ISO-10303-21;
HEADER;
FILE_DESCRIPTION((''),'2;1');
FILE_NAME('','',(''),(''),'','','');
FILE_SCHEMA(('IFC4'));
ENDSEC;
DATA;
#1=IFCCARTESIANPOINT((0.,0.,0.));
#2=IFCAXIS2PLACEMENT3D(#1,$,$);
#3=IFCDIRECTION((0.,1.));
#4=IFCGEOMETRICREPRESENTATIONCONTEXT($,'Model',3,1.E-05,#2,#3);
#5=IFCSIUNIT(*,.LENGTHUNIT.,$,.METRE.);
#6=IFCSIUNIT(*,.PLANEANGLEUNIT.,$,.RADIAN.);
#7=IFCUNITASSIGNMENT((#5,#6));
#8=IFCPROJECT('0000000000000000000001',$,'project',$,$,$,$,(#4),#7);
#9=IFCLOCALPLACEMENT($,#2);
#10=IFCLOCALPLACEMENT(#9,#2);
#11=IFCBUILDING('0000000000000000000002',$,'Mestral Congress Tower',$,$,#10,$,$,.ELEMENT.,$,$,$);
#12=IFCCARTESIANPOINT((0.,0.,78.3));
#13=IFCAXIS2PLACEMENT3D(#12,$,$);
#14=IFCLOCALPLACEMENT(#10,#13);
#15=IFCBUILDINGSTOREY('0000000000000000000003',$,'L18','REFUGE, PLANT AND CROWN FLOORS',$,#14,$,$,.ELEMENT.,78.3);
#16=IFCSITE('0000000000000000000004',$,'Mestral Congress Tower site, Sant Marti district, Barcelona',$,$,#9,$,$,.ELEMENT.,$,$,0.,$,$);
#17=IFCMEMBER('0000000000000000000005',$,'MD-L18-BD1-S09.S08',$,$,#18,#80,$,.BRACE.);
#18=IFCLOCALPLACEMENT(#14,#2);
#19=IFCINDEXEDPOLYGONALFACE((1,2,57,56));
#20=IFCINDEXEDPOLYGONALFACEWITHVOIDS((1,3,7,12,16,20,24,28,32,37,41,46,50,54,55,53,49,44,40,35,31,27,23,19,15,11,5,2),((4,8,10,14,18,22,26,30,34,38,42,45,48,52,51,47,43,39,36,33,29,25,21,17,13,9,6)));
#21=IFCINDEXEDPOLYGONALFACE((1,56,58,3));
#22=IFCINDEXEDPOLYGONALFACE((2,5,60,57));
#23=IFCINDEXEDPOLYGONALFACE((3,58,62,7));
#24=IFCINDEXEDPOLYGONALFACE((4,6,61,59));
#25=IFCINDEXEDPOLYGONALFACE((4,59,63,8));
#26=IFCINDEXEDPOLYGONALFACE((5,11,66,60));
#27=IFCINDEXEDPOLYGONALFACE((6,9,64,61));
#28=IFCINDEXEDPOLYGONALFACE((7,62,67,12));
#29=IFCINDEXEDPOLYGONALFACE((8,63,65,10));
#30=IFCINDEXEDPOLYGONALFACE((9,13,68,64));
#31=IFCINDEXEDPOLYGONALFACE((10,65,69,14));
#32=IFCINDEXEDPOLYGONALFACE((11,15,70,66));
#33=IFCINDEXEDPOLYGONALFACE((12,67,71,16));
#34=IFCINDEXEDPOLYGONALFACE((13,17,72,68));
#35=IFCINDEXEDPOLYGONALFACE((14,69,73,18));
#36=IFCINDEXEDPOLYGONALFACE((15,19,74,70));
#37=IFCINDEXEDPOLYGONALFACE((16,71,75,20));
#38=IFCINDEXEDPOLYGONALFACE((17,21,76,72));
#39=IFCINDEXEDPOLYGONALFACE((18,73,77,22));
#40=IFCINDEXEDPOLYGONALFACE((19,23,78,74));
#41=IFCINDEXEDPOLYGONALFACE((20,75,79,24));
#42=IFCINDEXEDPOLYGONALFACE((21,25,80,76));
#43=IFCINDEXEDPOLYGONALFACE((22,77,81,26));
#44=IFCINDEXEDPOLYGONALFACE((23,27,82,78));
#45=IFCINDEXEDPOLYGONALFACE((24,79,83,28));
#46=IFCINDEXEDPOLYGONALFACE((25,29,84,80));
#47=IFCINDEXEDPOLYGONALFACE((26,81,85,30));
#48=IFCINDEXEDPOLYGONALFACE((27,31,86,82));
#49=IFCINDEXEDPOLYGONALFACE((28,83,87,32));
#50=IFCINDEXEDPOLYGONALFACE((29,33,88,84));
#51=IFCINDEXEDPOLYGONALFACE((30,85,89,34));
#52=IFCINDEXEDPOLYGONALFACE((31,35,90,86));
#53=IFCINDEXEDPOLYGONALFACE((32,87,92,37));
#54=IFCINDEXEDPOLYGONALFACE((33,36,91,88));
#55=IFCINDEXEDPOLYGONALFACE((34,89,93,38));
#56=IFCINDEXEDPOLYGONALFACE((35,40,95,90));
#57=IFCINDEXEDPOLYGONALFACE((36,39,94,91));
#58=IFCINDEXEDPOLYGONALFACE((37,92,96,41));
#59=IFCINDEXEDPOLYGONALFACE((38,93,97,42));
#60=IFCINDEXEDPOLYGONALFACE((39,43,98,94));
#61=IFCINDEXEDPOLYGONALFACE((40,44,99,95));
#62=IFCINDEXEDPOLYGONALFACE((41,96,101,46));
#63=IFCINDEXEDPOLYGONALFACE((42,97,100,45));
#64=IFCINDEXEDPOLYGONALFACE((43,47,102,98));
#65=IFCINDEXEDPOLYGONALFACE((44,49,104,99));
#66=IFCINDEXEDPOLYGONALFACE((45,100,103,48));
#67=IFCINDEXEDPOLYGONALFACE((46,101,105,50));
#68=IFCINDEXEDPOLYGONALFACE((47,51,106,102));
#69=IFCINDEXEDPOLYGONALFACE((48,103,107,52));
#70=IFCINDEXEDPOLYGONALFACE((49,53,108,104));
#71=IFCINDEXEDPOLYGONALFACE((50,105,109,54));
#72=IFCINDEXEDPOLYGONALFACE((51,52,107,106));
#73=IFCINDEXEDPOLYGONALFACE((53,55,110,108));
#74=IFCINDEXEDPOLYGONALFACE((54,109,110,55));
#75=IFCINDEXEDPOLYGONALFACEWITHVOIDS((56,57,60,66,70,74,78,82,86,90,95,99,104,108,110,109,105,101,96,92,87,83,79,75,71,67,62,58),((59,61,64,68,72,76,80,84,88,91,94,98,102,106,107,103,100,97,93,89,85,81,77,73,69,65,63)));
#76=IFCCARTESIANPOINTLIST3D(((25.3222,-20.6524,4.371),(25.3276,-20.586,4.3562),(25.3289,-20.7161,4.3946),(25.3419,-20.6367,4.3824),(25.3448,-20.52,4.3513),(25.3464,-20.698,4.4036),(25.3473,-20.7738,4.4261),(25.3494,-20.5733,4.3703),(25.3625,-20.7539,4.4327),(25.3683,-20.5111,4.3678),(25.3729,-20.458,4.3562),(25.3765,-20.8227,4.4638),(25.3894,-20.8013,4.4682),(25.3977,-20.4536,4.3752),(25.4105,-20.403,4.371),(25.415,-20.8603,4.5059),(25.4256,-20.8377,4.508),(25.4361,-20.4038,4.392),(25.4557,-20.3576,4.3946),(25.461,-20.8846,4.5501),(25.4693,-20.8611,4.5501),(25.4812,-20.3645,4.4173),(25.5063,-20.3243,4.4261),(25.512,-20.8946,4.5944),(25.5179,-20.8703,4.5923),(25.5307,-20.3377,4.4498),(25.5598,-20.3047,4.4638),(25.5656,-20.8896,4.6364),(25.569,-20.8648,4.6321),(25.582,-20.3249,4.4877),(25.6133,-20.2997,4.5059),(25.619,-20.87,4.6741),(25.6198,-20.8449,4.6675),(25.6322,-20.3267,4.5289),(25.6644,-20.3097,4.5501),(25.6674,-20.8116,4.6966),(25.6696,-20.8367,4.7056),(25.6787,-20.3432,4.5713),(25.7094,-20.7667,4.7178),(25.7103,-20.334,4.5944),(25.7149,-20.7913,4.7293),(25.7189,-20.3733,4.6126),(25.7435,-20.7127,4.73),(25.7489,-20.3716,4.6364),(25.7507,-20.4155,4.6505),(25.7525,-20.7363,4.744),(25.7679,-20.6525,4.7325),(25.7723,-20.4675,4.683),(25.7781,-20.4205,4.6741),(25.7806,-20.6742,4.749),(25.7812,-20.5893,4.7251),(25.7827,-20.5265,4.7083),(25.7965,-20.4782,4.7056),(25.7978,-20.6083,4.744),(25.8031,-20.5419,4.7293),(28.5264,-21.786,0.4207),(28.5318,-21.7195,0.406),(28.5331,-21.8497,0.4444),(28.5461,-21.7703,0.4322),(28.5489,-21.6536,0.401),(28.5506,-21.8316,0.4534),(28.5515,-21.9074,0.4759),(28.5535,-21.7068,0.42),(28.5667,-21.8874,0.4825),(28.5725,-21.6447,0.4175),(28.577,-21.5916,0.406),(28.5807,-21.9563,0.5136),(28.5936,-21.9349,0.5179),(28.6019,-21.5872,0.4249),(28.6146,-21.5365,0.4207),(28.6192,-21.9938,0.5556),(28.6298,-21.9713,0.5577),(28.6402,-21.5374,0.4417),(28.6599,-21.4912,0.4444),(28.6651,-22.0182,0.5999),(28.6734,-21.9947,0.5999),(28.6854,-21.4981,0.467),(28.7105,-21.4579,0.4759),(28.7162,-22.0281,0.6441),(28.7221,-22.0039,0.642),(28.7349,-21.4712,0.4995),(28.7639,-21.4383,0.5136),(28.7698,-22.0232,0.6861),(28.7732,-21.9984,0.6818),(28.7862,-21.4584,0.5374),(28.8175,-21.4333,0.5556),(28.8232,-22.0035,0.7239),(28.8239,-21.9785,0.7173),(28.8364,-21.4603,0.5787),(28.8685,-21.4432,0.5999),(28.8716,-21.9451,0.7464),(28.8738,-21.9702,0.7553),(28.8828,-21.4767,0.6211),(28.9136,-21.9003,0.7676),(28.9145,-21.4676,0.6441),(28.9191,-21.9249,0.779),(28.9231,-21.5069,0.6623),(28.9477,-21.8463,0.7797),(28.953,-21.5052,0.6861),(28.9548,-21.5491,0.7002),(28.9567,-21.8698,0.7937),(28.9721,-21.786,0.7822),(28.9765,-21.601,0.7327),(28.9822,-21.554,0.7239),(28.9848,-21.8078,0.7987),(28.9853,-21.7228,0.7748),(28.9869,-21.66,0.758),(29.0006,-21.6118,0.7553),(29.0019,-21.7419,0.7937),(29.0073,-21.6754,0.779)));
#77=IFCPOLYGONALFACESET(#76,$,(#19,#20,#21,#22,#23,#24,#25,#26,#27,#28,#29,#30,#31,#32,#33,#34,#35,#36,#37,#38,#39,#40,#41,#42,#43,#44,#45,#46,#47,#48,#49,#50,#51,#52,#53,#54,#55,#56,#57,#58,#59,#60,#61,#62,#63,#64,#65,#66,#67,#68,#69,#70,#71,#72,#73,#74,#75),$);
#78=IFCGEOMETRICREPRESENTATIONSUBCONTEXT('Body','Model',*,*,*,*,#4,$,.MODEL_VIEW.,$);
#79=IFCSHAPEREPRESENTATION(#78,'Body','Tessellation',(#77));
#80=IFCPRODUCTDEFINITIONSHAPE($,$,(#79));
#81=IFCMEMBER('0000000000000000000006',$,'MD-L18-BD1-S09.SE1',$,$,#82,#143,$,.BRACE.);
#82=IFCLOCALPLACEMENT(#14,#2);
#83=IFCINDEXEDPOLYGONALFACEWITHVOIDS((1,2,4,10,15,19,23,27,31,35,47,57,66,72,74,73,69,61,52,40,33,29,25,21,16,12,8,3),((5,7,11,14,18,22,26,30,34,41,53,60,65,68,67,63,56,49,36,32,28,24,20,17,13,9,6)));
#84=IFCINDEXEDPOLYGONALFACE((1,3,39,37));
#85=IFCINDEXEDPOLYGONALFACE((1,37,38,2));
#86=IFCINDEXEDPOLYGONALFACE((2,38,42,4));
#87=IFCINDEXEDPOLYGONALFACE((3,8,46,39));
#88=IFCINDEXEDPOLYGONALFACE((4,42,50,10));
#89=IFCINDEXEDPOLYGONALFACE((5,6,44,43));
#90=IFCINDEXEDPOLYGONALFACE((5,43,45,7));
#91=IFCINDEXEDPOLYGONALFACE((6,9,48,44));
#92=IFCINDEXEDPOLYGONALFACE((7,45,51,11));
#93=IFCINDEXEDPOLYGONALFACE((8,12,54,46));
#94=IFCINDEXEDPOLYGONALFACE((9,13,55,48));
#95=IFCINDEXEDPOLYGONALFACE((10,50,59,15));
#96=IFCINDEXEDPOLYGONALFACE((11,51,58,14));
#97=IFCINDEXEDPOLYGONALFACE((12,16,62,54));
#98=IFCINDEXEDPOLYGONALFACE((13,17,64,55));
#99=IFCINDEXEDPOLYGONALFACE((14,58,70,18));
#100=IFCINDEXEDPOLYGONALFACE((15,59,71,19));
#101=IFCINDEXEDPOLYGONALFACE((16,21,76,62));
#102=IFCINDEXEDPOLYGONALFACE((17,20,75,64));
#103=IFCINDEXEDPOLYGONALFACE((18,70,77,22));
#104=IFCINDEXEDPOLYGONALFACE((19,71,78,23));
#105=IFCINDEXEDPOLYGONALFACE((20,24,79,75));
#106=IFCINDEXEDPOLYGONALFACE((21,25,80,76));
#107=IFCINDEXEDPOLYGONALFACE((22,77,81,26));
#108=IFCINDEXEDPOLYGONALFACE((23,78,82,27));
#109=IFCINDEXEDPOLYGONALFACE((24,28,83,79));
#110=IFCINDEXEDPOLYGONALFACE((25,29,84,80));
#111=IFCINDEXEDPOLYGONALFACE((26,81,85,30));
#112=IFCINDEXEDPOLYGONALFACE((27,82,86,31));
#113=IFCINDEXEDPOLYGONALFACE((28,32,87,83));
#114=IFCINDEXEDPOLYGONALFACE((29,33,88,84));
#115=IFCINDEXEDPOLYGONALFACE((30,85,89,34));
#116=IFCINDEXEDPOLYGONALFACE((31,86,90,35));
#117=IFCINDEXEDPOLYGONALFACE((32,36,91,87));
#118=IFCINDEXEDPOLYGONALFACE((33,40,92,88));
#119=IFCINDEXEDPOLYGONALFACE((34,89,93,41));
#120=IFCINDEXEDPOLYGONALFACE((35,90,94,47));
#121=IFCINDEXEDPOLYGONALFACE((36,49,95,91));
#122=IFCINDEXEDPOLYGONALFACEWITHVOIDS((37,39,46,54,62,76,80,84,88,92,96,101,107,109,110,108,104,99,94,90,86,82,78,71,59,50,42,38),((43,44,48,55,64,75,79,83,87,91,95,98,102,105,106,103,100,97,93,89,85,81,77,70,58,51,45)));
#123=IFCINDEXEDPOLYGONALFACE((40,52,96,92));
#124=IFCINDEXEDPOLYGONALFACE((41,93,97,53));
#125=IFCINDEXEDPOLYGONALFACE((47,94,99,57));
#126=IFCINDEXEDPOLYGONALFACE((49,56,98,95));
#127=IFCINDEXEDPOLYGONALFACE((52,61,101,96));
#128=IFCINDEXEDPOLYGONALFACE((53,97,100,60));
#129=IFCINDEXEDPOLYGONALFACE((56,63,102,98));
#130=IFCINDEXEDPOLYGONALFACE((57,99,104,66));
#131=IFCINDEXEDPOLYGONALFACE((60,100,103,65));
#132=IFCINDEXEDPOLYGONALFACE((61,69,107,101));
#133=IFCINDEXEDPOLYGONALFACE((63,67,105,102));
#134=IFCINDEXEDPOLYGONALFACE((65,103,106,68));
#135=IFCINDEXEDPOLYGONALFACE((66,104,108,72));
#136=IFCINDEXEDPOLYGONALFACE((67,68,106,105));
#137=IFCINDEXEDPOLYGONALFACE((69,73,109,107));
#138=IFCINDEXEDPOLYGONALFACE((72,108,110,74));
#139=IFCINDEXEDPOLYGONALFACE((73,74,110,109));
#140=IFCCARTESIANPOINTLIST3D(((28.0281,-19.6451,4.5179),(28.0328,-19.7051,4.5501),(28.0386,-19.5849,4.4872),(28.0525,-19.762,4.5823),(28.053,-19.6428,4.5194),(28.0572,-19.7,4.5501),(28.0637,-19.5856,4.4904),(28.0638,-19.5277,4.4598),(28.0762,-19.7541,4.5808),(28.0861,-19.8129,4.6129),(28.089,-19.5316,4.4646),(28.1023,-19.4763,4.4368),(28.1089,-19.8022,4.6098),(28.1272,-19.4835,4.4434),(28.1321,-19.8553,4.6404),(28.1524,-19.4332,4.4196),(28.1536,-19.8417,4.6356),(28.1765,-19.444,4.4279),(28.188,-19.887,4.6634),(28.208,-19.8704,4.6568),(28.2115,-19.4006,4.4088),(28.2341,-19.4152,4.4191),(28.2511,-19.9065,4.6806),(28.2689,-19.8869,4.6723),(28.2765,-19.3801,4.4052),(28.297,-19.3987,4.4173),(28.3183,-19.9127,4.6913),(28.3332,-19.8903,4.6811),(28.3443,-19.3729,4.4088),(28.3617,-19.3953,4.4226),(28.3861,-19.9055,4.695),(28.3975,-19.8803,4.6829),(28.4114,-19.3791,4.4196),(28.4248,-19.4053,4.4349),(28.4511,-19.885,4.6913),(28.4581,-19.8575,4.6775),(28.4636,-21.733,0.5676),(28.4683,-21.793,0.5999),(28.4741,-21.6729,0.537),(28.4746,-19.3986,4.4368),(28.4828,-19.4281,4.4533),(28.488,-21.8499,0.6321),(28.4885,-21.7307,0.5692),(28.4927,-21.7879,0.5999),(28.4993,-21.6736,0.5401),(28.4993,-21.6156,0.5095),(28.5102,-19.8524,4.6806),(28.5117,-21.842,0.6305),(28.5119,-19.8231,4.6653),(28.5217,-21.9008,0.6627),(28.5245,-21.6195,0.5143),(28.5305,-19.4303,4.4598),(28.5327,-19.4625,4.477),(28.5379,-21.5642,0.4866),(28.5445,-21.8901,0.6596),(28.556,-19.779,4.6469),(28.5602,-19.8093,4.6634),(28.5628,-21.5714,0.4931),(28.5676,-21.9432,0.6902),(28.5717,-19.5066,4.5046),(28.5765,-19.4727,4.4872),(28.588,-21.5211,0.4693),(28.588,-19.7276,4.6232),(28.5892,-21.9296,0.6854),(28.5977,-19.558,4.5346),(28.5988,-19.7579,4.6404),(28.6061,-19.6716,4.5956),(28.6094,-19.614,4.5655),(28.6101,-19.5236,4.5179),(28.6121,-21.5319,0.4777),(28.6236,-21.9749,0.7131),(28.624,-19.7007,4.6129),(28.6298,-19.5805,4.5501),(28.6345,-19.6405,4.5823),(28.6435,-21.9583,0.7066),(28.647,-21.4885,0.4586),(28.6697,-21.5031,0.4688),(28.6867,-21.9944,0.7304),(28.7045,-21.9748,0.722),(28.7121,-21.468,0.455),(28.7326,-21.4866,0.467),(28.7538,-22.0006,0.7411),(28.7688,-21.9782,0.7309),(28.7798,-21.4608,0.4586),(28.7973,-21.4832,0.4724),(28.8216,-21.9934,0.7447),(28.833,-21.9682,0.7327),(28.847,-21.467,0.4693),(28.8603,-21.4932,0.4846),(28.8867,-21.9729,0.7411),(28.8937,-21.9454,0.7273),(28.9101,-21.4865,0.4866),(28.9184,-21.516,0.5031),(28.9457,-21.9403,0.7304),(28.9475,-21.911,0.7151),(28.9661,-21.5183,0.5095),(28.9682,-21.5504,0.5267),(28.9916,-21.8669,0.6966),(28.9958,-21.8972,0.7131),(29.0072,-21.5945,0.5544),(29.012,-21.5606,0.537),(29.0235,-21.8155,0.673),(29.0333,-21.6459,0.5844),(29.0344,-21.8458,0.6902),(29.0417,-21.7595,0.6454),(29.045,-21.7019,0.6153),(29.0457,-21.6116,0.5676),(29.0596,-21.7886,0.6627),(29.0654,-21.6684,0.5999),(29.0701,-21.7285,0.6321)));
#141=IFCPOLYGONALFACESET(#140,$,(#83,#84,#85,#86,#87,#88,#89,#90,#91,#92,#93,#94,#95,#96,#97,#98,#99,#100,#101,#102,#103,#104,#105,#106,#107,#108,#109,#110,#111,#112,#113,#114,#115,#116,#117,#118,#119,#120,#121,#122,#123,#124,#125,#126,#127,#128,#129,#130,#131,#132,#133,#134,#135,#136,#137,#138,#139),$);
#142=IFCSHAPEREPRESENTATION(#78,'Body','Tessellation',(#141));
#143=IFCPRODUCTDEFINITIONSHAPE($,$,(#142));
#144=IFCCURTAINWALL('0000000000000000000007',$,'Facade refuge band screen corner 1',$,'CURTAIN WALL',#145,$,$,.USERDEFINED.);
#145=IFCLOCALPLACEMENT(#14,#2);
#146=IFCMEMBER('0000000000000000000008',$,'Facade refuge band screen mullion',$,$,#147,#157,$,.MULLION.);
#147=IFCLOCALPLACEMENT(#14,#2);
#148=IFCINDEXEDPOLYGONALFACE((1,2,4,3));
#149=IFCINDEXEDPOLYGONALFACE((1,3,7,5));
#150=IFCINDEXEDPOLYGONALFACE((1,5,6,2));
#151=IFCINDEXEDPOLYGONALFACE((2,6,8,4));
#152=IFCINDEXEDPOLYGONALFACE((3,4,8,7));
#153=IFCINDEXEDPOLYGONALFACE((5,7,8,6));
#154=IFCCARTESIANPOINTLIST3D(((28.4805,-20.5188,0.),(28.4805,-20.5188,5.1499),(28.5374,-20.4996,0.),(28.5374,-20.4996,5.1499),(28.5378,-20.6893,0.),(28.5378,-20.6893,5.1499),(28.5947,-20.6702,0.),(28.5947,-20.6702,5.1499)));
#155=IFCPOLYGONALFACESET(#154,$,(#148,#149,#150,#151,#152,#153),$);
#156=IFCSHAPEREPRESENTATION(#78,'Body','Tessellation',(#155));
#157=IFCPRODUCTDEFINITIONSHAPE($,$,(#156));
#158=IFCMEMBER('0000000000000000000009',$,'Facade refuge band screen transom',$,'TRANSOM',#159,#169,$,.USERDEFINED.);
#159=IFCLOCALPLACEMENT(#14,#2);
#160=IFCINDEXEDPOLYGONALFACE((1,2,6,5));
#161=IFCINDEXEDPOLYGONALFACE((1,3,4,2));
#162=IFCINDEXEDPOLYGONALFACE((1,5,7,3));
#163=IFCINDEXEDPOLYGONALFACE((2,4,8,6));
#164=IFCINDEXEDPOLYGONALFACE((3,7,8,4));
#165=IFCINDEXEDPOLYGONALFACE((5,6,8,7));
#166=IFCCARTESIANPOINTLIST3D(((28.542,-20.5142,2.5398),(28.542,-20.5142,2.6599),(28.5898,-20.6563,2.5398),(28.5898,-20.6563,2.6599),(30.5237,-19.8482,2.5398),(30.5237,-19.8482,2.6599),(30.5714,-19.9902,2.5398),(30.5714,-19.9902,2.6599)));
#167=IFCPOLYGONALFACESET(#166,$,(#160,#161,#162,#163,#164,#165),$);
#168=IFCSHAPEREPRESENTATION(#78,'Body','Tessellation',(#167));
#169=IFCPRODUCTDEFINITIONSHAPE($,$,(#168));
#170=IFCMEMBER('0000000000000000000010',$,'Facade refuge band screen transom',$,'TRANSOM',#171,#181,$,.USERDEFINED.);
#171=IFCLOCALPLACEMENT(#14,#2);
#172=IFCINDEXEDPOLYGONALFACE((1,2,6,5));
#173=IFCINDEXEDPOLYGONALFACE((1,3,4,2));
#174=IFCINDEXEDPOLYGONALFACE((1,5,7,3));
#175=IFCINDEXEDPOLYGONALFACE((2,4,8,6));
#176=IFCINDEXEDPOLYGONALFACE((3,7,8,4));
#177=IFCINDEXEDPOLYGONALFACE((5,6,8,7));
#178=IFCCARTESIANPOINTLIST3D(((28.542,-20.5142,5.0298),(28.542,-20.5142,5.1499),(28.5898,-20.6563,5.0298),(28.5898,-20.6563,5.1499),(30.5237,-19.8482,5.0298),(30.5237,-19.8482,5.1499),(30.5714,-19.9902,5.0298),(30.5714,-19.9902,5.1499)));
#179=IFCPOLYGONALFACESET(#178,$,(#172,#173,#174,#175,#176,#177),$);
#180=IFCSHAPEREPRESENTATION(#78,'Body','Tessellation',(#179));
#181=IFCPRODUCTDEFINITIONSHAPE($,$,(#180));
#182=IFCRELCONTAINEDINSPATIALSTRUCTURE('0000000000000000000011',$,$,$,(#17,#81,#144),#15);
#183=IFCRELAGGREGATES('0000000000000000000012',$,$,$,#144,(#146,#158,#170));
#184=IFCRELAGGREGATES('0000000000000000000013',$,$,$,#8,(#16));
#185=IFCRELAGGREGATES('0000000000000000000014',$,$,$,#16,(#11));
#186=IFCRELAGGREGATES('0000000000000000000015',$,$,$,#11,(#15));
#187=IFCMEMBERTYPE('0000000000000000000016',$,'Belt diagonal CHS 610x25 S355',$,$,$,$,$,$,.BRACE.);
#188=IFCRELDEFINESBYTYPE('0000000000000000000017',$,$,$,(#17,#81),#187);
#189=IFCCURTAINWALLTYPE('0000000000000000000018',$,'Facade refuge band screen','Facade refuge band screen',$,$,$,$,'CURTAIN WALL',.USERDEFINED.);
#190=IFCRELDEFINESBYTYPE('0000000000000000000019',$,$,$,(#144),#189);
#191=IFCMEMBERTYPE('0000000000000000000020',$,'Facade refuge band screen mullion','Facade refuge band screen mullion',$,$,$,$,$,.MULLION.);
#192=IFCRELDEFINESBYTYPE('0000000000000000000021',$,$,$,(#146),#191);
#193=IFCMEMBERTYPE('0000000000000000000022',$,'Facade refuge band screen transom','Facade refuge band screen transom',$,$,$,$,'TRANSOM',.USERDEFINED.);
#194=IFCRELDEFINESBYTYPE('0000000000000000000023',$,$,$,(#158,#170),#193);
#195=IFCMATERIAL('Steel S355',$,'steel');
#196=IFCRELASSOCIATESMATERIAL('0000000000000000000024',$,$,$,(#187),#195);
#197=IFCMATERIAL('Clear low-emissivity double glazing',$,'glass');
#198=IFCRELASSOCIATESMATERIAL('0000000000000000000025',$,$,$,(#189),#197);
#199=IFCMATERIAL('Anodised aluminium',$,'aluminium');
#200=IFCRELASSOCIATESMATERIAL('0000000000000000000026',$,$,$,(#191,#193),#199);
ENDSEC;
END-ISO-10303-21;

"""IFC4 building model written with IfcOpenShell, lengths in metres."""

from ifc_helpers import new_model, si_unit, direction, frame, origin, origin_2d, place, context, subcontext, project, spatial, rectangle, hollow_circle, extrude, material, material_profile, profile_set, type_object, element, aggregate, save


model = new_model("IFC4")

# Units and contexts
model_context = context("Model", 3, precision=1e-05, world=origin(), true_north=direction((0.0, 1.0)))
body_context = subcontext(model_context, "Body", "Model", "MODEL_VIEW")
ifc_project = project(units=[si_unit("LENGTHUNIT", "METRE"), si_unit("PLANEANGLEUNIT", "RADIAN")], contexts=[model_context])

# Site, building, storey
site_placement = place(None, origin())
site = spatial("IfcSite", under=ifc_project, at=site_placement, Name="Mestral Congress Tower site, Sant Marti district, Barcelona", CompositionType="ELEMENT", RefElevation=0.0)
building_placement = place(site_placement, origin())
building = spatial("IfcBuilding", under=site, at=building_placement, Name="Mestral Congress Tower", CompositionType="ELEMENT")
storey_placement = place(building_placement, frame((0.0, 0.0, 78.3)))
storey = spatial("IfcBuildingStorey", under=building, at=storey_placement, Name="L18", Description="REFUGE, PLANT AND CROWN FLOORS", CompositionType="ELEMENT", Elevation=78.3)

# Members
ifc_material_1 = material(Name="Steel S355", Category="steel")
ifc_material_profile_1 = material_profile(ifc_material_1, hollow_circle(Radius=0.3049, WallThickness=0.0249, at=origin_2d()), Name="CHS 610x25")
ifc_profile_set_1 = profile_set([ifc_material_profile_1], Name="Steel S355")
member_type_1 = type_object("IfcMemberType", Name="Belt diagonal CHS 610x25 S355", PredefinedType="BRACE", material=ifc_profile_set_1)
member_1_placement = place(storey_placement, frame((28.7668, -21.7307, 0.5999), z_axis=(-0.614865, 0.217526, 0.758039), x_axis=(-0.333523, -0.942742, 0.0)))
element("IfcMember", 1, at=member_1_placement, inside=storey, type_object=member_type_1, Name="MD-L18-BD1-S09.S08", PredefinedType="BRACE", context=body_context, shape_type="SweptSolid", body=[
    extrude(hollow_circle(Radius=0.3049, WallThickness=0.0249, at=origin_2d()), origin(), (0.0, 0.0, 1.0), 5.2112),
])
member_2_placement = place(storey_placement, frame((28.7668, -21.7307, 0.5999), z_axis=(-0.097021, 0.465091, 0.879931), x_axis=(-0.978927, -0.20421, 0.0)))
element("IfcMember", 2, at=member_2_placement, inside=storey, type_object=member_type_1, Name="MD-L18-BD1-S09.SE1", PredefinedType="BRACE", context=body_context, shape_type="SweptSolid", body=[
    extrude(hollow_circle(Radius=0.3049, WallThickness=0.0249, at=origin_2d()), origin(), (0.0, 0.0, 1.0), 4.4893),
])

# Curtain wall, members
ifc_material_2 = material(Name="Clear low-emissivity double glazing", Category="glass")
curtain_wall_type = type_object("IfcCurtainWallType", Name="Facade refuge band screen", Description="Facade refuge band screen", ElementType="CURTAIN WALL", PredefinedType="USERDEFINED", material=ifc_material_2)
placement = place(storey_placement, origin())
curtain_wall_1 = element("IfcCurtainWall", 3, at=placement, inside=storey, type_object=curtain_wall_type, Name="Facade refuge band screen corner 1", ObjectType="CURTAIN WALL", PredefinedType="USERDEFINED")
ifc_material_3 = material(Name="Anodised aluminium", Category="aluminium")
ifc_material_profile_2 = material_profile(ifc_material_3, rectangle(XDim=0.1799, YDim=0.0601, at=origin_2d()), Name="CW3 mullion 180 x 60")
ifc_profile_set_2 = profile_set([ifc_material_profile_2], Name="Anodised aluminium")
member_type_2 = type_object("IfcMemberType", Name="Facade refuge band screen mullion", Description="Facade refuge band screen mullion", PredefinedType="MULLION", material=ifc_profile_set_2)
member_3_placement = place(storey_placement, frame((28.5376, -20.5945, 0.0), z_axis=(0.0, 0.0, 1.0), x_axis=(0.318542, -0.947909, 0.0)))
member_3 = element("IfcMember", 4, at=member_3_placement, type_object=member_type_2, Name="Facade refuge band screen mullion", PredefinedType="MULLION", context=body_context, shape_type="SweptSolid", body=[
    extrude(rectangle(XDim=0.1799, YDim=0.0601, at=origin_2d()), origin(), (0.0, 0.0, 1.0), 5.1499),
])
ifc_material_profile_3 = material_profile(ifc_material_3, rectangle(XDim=0.1499, YDim=0.1201, at=origin_2d()), Name="CW3 transom 150 x 120")
ifc_profile_set_3 = profile_set([ifc_material_profile_3], Name="Anodised aluminium")
member_type_3 = type_object("IfcMemberType", Name="Facade refuge band screen transom", Description="Facade refuge band screen transom", ElementType="TRANSOM", PredefinedType="USERDEFINED", material=ifc_profile_set_3)
member_4_placement = place(storey_placement, frame((28.5659, -20.5852, 2.5999), z_axis=(0.947898, 0.318574, 0.0), x_axis=(-0.318574, 0.947898, 0.0)))
member_4 = element("IfcMember", 5, at=member_4_placement, type_object=member_type_3, Name="Facade refuge band screen transom", ObjectType="TRANSOM", PredefinedType="USERDEFINED", context=body_context, shape_type="SweptSolid", body=[
    extrude(rectangle(XDim=0.1499, YDim=0.1201, at=origin_2d()), origin(), (0.0, 0.0, 1.0), 2.0906),
])
member_5_placement = place(storey_placement, frame((28.5659, -20.5852, 5.0898), z_axis=(0.947898, 0.318574, 0.0), x_axis=(-0.318574, 0.947898, 0.0)))
member_5 = element("IfcMember", 6, at=member_5_placement, type_object=member_type_3, Name="Facade refuge band screen transom", ObjectType="TRANSOM", PredefinedType="USERDEFINED", context=body_context, shape_type="SweptSolid", body=[
    extrude(rectangle(XDim=0.1499, YDim=0.1201, at=origin_2d()), origin(), (0.0, 0.0, 1.0), 2.0906),
])

aggregate(curtain_wall_1, [member_3, member_4, member_5])

save(model, "model.ifc")
